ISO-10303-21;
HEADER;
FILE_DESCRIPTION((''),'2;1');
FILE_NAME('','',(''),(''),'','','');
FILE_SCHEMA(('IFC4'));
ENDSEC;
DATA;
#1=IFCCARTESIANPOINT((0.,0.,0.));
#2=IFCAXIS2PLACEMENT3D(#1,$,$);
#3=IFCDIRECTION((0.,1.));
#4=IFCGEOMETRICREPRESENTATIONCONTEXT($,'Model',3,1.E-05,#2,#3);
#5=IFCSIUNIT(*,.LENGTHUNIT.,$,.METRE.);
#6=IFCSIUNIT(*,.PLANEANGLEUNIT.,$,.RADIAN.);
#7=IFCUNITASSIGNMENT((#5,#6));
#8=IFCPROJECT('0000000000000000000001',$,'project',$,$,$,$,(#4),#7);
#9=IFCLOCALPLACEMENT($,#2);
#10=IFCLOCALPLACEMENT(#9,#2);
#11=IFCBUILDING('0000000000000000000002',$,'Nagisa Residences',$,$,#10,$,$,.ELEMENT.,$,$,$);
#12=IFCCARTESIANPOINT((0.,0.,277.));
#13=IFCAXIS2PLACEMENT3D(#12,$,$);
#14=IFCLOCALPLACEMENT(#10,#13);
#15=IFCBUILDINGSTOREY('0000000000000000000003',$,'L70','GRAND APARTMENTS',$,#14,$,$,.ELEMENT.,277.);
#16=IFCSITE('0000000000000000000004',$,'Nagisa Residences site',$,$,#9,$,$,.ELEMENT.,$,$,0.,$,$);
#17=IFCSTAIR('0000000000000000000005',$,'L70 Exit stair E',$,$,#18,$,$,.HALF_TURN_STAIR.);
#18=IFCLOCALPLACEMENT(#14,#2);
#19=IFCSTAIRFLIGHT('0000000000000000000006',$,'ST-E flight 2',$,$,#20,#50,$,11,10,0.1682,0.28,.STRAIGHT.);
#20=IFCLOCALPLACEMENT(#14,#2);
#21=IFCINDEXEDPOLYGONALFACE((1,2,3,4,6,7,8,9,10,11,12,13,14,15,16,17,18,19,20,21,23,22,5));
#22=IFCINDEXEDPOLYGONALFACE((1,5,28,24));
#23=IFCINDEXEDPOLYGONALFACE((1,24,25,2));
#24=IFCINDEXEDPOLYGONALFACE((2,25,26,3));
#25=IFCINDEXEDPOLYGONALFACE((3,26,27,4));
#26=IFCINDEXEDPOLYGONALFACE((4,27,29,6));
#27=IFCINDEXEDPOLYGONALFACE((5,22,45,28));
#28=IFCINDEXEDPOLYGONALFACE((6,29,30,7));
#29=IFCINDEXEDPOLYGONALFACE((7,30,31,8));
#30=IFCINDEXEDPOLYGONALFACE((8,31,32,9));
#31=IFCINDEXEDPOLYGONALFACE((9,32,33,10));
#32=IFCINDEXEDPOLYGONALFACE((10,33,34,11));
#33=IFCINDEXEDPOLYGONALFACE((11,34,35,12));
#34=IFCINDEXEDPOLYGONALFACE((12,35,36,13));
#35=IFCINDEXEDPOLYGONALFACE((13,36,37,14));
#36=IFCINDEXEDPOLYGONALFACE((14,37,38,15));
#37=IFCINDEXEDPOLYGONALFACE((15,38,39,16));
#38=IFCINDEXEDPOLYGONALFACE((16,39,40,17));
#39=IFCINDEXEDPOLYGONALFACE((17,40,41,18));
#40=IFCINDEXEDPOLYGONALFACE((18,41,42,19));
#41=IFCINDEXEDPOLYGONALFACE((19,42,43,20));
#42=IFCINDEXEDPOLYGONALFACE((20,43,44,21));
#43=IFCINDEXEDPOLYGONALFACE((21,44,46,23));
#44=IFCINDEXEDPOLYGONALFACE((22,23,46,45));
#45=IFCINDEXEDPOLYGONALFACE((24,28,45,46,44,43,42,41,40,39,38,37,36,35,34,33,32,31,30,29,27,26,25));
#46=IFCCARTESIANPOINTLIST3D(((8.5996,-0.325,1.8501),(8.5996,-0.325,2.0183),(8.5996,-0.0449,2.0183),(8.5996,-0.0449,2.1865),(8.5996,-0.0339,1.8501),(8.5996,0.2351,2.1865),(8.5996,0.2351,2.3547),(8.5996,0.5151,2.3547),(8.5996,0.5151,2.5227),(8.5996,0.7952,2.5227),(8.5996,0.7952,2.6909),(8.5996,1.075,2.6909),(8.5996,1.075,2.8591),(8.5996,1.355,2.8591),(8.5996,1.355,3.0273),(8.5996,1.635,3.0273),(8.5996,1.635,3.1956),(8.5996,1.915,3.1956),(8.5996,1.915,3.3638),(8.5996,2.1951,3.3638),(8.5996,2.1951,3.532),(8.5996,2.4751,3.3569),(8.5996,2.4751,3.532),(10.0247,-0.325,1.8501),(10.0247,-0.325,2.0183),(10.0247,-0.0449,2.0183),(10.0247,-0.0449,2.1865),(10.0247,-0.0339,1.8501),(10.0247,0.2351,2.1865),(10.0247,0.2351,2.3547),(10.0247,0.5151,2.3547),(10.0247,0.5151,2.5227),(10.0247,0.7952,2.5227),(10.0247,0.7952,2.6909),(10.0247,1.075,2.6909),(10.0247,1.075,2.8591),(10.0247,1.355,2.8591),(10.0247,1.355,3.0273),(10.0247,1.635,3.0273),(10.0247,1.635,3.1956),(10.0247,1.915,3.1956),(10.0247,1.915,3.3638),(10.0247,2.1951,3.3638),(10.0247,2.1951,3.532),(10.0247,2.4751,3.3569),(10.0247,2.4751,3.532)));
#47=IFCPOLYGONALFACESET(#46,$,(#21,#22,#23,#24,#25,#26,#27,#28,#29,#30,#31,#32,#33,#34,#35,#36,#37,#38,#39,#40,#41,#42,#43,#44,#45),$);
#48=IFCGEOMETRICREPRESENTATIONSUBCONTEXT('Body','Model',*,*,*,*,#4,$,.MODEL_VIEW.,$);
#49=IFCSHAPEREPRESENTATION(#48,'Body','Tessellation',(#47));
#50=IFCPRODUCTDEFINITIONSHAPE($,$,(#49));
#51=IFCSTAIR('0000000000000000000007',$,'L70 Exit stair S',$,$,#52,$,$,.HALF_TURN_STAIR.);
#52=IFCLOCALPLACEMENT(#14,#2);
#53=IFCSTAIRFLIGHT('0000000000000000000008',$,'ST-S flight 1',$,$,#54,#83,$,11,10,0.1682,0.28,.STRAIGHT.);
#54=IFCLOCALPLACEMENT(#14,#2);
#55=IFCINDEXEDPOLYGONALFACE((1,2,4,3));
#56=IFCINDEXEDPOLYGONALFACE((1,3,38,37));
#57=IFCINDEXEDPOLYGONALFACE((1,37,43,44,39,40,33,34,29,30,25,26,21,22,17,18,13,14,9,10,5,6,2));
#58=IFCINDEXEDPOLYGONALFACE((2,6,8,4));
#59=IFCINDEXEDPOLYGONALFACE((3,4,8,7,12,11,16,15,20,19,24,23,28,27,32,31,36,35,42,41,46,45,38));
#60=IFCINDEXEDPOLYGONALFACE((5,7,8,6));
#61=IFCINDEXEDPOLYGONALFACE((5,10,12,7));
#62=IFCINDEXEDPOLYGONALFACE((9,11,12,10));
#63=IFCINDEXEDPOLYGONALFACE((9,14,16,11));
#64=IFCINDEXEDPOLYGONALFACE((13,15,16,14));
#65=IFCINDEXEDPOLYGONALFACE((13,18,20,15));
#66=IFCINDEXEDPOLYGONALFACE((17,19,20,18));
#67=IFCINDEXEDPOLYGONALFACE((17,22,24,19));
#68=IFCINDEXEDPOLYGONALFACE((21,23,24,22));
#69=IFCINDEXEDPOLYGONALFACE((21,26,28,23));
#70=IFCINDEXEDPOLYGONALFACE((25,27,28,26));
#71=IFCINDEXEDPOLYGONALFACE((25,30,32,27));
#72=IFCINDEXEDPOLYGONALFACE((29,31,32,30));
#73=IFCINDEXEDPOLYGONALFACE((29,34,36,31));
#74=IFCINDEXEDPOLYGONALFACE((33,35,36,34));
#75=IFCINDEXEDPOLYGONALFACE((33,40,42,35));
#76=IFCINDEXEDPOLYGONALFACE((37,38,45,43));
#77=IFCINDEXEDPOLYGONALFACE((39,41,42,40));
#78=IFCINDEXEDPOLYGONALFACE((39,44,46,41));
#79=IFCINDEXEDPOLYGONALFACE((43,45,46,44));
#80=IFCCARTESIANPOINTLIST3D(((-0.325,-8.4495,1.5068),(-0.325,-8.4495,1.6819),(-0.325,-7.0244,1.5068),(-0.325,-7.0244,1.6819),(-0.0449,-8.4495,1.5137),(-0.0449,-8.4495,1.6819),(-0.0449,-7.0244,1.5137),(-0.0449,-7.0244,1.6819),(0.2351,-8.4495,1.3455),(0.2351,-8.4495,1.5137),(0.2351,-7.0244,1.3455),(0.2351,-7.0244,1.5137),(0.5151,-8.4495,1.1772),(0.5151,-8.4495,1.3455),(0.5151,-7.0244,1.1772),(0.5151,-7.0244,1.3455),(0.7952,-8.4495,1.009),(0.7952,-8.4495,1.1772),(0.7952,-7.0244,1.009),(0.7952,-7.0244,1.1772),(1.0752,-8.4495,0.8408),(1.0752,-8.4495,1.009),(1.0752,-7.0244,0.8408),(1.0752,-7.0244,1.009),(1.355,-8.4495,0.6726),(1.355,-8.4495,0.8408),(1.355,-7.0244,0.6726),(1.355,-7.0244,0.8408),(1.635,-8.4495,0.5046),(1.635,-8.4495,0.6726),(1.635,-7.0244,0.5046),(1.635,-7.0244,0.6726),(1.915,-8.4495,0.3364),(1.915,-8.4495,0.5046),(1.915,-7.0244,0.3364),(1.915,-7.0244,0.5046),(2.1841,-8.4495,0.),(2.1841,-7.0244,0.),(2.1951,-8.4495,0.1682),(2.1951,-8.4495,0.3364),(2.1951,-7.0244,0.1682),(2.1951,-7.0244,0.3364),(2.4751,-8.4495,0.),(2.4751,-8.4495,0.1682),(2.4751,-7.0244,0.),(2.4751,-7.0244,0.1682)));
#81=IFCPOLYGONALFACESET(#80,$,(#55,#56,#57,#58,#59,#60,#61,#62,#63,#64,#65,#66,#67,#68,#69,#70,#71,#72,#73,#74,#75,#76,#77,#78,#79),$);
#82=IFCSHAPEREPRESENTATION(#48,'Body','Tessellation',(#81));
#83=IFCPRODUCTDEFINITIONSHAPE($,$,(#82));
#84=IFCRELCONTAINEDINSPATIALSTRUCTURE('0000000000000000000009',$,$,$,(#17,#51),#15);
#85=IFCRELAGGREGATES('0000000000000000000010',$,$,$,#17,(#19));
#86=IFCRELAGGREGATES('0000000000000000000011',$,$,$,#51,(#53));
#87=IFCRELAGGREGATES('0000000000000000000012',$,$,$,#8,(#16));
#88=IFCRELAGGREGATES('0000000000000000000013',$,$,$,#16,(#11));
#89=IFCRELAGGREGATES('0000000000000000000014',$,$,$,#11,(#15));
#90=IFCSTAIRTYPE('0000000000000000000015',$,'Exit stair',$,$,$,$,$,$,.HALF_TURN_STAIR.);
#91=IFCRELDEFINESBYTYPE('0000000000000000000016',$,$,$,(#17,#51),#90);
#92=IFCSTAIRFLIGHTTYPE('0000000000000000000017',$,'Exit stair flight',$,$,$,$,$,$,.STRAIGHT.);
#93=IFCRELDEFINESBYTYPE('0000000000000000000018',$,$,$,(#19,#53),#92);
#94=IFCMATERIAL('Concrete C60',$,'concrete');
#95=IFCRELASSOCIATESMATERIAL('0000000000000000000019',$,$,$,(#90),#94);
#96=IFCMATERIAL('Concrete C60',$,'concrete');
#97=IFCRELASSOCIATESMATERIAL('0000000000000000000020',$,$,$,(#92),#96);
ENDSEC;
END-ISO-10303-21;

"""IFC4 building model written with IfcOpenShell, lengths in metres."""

from ifc_helpers import new_model, si_unit, direction, frame, origin, place, context, subcontext, project, spatial, polyline, outline, extrude, material, type_object, element, aggregate, save


model = new_model("IFC4")

# Units and contexts
model_context = context("Model", 3, precision=1e-05, world=origin(), true_north=direction((0.0, 1.0)))
body_context = subcontext(model_context, "Body", "Model", "MODEL_VIEW")
ifc_project = project(units=[si_unit("LENGTHUNIT", "METRE"), si_unit("PLANEANGLEUNIT", "RADIAN")], contexts=[model_context])

# Site, building, storey
site_placement = place(None, origin())
site = spatial("IfcSite", under=ifc_project, at=site_placement, Name="Nagisa Residences site", CompositionType="ELEMENT", RefElevation=0.0)
building_placement = place(site_placement, origin())
building = spatial("IfcBuilding", under=site, at=building_placement, Name="Nagisa Residences", CompositionType="ELEMENT")
storey_placement = place(building_placement, frame((0.0, 0.0, 277.0)))
storey = spatial("IfcBuildingStorey", under=building, at=storey_placement, Name="L70", Description="GRAND APARTMENTS", CompositionType="ELEMENT", Elevation=277.0)

# Stairs, stair flights
ifc_material_1 = material(Name="Concrete C60", Category="concrete")
stair_type = type_object("IfcStairType", Name="Exit stair", PredefinedType="HALF_TURN_STAIR", material=ifc_material_1)
stair_1_placement = place(storey_placement, origin())
stair_1 = element("IfcStair", 1, at=stair_1_placement, inside=storey, type_object=stair_type, Name="L70 Exit stair E", PredefinedType="HALF_TURN_STAIR")
ifc_material_2 = material(Name="Concrete C60", Category="concrete")
stair_flight_type = type_object("IfcStairFlightType", Name="Exit stair flight", PredefinedType="STRAIGHT", material=ifc_material_2)
stair_flight_1_placement = place(storey_placement, frame((9.312, -0.325, 1.8501), z_axis=(0.0, 0.0, 1.0), x_axis=(0.0, 1.0, 0.0)))
stair_flight_1 = element("IfcStairFlight", 2, at=stair_flight_1_placement, type_object=stair_flight_type, Name="ST-E flight 2", NumberOfRisers=11, NumberOfTreads=10, PredefinedType="STRAIGHT", RiserHeight=0.1682, TreadLength=0.28, context=body_context, shape_type="SweptSolid", body=[
    extrude(outline(polyline([(0.0, 0.0), (0.0, 0.1682), (0.28, 0.1682), (0.28, 0.3364), (0.5601, 0.3364), (0.5601, 0.5046), (0.8401, 0.5046), (0.8401, 0.6726), (1.1201, 0.6726), (1.1201, 0.8408), (1.3999, 0.8408), (1.3999, 1.009), (1.6799, 1.009), (1.6799, 1.1772), (1.96, 1.1772), (1.96, 1.3455), (2.24, 1.3455), (2.24, 1.5137), (2.52, 1.5137), (2.52, 1.6819), (2.8, 1.6819), (2.8, 1.8501), (2.8, 1.5068), (0.291, 0.0), (0.0, 0.0)])), frame((0.0, 0.7124, 0.0), z_axis=(0.0, -1.0, 0.0), x_axis=(1.0, 0.0, 0.0)), (0.0, 0.0, 1.0), 1.425),
])
aggregate(stair_1, [stair_flight_1])
stair_2_placement = place(storey_placement, origin())
stair_2 = element("IfcStair", 3, at=stair_2_placement, inside=storey, type_object=stair_type, Name="L70 Exit stair S", PredefinedType="HALF_TURN_STAIR")
stair_flight_2_placement = place(storey_placement, frame((2.4751, -7.7371, 0.0), z_axis=(0.0, 0.0, 1.0), x_axis=(-1.0, 0.0, 0.0)))
stair_flight_2 = element("IfcStairFlight", 4, at=stair_flight_2_placement, type_object=stair_flight_type, Name="ST-S flight 1", NumberOfRisers=11, NumberOfTreads=10, PredefinedType="STRAIGHT", RiserHeight=0.1682, TreadLength=0.28, context=body_context, shape_type="SweptSolid", body=[
    extrude(outline(polyline([(0.0, 0.0), (0.0, 0.1682), (0.28, 0.1682), (0.28, 0.3364), (0.5601, 0.3364), (0.5601, 0.5046), (0.8401, 0.5046), (0.8401, 0.6726), (1.1201, 0.6726), (1.1201, 0.8408), (1.3999, 0.8408), (1.3999, 1.009), (1.6799, 1.009), (1.6799, 1.1772), (1.96, 1.1772), (1.96, 1.3455), (2.24, 1.3455), (2.24, 1.5137), (2.52, 1.5137), (2.52, 1.6819), (2.8, 1.6819), (2.8, 1.8501), (2.8, 1.5068), (0.291, 0.0), (0.0, 0.0)])), frame((0.0, 0.7124, 0.0), z_axis=(0.0, -1.0, 0.0), x_axis=(1.0, 0.0, 0.0)), (0.0, 0.0, 1.0), 1.425),
])
aggregate(stair_2, [stair_flight_2])

save(model, "model.ifc")
